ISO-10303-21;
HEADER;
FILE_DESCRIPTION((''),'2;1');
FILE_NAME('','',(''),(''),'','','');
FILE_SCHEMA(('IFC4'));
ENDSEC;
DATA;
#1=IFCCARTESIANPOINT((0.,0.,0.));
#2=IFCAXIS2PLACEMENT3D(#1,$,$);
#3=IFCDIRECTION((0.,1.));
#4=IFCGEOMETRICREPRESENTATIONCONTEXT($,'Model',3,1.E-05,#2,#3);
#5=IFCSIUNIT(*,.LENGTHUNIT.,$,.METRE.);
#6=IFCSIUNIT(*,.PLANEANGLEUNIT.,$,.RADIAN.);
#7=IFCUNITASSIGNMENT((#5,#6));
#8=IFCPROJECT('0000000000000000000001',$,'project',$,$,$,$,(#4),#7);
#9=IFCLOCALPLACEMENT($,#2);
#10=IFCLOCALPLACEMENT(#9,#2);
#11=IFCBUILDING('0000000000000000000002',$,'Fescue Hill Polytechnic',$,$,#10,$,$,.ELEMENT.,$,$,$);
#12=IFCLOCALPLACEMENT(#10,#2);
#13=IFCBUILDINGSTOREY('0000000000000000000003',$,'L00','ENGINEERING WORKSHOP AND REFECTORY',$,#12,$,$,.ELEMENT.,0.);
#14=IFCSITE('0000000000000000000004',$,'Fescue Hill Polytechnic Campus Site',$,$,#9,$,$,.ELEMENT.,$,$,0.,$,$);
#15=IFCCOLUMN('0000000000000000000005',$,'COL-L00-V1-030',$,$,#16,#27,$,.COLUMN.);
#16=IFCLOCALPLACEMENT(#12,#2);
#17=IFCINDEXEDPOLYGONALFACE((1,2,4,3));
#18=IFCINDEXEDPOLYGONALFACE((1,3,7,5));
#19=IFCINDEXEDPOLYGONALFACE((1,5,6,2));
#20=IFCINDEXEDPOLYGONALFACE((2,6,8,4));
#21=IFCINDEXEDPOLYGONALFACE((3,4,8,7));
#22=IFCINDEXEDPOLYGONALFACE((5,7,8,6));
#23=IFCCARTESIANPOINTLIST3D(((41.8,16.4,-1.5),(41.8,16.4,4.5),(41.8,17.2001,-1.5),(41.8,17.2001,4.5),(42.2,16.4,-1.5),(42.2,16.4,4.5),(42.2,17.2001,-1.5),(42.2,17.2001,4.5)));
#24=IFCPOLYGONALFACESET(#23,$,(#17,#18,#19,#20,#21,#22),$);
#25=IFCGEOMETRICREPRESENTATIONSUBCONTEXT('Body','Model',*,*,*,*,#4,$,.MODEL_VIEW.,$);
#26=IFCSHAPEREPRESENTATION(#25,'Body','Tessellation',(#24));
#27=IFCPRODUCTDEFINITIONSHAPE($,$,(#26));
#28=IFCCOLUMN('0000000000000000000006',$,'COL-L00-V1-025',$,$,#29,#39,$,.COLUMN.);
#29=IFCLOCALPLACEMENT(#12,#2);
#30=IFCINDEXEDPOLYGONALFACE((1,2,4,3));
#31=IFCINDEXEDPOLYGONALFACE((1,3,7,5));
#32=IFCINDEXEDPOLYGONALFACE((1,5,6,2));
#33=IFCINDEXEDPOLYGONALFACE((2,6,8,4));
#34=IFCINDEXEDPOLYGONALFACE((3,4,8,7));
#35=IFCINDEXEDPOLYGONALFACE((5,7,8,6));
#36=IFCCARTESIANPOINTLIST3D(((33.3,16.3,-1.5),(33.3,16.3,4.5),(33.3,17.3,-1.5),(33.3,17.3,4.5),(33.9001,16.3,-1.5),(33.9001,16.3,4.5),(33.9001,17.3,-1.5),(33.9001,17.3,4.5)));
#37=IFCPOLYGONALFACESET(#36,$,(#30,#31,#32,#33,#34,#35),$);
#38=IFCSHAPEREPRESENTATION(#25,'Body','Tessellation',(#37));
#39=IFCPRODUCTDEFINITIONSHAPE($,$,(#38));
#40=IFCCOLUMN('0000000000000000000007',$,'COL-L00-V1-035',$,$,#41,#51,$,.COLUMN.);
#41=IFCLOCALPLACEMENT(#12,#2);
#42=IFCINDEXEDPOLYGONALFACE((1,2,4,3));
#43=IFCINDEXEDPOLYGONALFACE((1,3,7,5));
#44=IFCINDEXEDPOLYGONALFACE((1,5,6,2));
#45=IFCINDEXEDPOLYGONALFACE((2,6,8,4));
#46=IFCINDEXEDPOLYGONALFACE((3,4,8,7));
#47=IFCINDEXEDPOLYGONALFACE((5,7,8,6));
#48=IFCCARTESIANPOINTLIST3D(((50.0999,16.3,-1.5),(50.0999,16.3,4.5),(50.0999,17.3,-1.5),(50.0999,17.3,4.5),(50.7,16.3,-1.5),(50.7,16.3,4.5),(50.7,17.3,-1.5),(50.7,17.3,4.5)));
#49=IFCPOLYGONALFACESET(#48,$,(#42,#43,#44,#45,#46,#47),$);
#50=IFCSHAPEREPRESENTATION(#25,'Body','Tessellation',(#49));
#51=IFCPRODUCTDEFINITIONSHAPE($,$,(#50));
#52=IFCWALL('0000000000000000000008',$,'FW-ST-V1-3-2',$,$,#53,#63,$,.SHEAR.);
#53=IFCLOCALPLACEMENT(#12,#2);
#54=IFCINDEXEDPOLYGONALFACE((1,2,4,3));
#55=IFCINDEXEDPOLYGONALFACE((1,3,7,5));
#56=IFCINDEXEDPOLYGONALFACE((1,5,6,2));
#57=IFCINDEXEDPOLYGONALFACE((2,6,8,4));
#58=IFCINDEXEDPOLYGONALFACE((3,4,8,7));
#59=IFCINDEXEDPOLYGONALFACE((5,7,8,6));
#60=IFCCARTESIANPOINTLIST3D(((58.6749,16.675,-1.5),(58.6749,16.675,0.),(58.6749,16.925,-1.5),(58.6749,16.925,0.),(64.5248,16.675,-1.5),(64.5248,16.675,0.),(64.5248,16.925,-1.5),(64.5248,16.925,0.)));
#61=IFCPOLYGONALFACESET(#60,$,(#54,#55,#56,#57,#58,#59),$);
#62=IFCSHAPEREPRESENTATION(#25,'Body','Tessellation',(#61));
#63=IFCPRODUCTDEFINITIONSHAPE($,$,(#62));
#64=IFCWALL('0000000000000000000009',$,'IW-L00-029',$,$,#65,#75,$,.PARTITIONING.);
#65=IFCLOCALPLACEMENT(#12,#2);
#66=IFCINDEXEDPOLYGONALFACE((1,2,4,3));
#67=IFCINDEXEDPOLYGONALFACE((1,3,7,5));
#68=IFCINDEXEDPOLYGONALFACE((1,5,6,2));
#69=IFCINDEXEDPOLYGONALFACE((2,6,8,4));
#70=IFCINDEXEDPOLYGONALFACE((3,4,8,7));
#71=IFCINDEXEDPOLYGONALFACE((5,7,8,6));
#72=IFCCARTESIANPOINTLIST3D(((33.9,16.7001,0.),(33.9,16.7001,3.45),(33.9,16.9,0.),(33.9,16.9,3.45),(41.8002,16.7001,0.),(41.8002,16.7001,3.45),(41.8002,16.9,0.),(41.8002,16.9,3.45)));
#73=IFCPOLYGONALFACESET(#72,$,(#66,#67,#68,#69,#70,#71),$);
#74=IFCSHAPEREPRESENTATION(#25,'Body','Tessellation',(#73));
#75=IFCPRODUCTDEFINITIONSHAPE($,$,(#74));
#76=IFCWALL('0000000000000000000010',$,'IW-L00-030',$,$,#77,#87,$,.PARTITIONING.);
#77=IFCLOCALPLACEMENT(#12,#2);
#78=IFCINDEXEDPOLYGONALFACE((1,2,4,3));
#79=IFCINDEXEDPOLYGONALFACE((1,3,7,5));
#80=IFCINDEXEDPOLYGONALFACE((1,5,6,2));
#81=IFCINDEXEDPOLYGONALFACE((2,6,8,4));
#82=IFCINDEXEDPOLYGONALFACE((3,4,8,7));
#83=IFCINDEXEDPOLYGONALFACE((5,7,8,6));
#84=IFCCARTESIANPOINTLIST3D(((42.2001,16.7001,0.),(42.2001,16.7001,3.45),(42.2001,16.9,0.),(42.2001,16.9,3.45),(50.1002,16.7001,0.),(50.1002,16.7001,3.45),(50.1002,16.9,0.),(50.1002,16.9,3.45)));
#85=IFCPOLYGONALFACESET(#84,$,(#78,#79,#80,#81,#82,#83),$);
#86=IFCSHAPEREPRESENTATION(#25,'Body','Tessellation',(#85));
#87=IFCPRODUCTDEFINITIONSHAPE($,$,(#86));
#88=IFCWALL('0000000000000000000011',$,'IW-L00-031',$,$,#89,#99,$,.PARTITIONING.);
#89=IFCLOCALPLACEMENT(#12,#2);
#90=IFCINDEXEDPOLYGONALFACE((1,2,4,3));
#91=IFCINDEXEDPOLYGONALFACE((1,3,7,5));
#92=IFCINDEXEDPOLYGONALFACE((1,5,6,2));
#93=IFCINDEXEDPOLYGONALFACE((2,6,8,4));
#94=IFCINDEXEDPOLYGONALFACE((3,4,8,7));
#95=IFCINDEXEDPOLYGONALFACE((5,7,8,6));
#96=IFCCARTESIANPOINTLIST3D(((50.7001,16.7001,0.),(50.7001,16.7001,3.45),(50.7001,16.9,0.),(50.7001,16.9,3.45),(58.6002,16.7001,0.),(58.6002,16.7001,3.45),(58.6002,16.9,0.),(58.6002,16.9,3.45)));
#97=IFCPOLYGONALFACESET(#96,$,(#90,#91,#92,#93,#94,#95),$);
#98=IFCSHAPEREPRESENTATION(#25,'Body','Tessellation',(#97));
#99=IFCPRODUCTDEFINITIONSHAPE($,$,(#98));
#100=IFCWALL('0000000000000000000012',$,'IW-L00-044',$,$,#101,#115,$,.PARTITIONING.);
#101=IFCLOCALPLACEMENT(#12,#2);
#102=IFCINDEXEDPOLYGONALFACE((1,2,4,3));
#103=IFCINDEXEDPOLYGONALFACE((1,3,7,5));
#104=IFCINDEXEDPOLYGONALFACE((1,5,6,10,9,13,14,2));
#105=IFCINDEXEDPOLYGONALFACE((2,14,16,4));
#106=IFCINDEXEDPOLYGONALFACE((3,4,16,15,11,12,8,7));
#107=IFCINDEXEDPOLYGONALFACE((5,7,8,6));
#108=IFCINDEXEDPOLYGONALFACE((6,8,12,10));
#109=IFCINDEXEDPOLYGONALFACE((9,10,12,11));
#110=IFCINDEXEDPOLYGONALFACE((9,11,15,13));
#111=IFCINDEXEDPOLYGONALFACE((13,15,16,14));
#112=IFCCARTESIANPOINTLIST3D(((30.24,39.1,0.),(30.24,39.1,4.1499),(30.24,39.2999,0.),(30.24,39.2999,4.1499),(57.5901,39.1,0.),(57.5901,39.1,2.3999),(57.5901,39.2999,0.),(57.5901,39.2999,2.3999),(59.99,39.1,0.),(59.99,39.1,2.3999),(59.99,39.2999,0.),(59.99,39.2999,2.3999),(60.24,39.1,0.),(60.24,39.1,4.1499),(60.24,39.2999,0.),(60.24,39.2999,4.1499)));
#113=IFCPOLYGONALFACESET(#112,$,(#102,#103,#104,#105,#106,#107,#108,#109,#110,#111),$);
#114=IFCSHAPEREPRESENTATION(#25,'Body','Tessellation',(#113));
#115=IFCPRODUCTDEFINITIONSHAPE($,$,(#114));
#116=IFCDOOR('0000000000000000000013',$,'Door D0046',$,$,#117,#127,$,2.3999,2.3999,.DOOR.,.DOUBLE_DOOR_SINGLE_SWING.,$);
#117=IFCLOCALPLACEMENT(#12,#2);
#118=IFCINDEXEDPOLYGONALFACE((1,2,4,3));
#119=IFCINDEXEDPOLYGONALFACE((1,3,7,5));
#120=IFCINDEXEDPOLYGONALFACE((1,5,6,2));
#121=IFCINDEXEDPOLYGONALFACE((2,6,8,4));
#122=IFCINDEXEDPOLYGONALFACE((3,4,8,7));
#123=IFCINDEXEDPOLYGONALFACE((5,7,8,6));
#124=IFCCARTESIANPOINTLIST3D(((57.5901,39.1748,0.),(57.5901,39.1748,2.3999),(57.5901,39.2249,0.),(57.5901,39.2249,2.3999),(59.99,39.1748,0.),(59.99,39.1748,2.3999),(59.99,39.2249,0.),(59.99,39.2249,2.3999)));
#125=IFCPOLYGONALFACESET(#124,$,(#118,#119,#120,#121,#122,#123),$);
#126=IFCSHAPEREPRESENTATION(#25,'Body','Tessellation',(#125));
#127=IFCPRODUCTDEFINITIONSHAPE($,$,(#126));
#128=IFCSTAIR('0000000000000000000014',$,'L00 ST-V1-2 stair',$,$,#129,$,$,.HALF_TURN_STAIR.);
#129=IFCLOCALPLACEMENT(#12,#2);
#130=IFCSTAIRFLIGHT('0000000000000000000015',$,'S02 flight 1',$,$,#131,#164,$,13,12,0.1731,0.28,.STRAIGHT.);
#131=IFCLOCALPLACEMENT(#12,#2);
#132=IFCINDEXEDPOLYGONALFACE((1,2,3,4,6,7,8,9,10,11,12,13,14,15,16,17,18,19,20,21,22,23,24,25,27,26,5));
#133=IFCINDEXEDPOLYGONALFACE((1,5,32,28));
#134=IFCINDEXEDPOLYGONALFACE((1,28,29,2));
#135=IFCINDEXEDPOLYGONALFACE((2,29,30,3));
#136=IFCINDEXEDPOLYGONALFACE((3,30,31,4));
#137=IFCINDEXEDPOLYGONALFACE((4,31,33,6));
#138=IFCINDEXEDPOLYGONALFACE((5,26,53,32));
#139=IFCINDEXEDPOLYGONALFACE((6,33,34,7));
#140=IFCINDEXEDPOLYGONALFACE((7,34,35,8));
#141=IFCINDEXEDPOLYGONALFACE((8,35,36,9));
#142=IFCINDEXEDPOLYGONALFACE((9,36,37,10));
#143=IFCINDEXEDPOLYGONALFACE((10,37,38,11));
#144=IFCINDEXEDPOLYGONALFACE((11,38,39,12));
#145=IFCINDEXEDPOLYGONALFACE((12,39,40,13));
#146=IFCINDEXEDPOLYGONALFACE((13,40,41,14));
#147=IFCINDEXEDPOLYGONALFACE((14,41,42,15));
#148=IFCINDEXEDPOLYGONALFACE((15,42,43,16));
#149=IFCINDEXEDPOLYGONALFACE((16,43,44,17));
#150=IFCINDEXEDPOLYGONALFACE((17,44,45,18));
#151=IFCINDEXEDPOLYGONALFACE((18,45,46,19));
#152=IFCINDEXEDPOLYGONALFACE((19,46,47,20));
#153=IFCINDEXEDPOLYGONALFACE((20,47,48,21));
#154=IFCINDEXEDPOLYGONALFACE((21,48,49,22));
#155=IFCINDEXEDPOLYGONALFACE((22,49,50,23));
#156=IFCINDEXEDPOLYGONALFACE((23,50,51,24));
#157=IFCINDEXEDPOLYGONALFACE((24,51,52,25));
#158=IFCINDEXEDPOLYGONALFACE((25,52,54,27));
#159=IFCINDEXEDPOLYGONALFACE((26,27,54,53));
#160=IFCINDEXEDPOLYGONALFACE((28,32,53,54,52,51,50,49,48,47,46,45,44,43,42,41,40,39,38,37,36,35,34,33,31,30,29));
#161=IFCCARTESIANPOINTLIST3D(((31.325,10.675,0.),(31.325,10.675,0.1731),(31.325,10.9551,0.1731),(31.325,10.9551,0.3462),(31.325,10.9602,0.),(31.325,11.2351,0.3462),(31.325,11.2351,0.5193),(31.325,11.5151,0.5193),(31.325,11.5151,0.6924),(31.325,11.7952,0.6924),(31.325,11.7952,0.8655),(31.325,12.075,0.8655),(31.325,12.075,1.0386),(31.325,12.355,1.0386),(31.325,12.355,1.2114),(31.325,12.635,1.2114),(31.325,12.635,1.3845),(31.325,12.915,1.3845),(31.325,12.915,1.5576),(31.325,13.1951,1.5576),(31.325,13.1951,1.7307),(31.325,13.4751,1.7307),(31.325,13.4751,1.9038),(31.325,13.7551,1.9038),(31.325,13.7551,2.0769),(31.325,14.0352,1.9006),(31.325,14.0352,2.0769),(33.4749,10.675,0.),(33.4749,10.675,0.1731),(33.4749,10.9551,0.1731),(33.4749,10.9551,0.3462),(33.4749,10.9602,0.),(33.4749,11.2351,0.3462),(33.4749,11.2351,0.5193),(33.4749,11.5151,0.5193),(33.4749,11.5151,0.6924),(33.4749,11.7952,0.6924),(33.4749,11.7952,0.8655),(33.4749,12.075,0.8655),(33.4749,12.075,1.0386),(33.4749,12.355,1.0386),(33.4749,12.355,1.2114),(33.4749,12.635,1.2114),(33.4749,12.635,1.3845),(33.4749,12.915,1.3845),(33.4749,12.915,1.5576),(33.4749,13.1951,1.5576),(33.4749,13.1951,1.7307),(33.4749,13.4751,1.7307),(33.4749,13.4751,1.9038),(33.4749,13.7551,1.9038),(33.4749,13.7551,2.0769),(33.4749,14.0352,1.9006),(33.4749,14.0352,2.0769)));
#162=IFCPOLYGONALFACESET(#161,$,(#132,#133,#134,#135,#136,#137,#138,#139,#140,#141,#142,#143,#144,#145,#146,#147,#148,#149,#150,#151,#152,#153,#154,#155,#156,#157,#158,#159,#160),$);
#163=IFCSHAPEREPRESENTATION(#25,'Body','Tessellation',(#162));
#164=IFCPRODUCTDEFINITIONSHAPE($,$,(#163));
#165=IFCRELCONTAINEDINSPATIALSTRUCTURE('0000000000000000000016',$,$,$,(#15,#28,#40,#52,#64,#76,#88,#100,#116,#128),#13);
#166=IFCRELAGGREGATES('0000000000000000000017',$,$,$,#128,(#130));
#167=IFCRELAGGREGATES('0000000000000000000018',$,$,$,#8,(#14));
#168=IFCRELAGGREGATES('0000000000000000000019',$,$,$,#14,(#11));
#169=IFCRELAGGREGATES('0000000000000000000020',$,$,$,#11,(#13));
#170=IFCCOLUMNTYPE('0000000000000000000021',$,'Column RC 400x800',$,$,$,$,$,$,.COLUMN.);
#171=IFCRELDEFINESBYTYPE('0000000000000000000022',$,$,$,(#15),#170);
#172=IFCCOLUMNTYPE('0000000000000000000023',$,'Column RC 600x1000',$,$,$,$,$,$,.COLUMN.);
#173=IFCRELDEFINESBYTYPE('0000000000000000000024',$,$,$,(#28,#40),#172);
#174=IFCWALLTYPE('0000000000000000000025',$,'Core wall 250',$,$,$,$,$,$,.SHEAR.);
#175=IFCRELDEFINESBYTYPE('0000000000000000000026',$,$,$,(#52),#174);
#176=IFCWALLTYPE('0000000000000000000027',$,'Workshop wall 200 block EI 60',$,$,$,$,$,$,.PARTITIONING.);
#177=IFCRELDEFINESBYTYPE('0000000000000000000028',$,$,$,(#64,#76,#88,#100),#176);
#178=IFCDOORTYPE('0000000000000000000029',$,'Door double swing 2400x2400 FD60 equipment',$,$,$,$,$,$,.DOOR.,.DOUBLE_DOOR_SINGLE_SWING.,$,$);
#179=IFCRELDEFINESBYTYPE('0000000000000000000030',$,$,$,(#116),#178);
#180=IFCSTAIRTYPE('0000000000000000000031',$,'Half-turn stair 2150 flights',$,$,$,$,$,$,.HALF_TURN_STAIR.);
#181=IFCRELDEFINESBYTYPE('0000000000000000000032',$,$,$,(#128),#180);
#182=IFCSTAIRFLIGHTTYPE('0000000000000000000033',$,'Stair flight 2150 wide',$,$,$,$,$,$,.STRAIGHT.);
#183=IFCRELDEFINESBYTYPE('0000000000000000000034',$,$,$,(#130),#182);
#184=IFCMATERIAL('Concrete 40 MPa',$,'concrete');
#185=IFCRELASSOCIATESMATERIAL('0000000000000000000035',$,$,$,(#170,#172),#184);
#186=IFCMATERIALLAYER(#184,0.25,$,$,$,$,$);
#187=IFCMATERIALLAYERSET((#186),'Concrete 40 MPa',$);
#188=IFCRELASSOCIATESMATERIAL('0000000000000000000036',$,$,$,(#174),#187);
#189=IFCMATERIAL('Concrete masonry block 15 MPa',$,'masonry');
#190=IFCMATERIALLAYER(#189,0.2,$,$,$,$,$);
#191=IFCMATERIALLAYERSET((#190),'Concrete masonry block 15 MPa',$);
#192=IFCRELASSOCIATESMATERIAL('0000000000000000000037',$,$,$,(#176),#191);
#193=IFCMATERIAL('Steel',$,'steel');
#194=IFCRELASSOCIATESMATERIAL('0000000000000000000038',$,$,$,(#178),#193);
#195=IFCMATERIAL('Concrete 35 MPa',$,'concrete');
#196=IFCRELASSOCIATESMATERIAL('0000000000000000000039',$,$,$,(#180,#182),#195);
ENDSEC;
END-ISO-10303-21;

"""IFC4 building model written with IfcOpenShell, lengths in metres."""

from ifc_helpers import new_model, si_unit, direction, frame, frame_2d, origin, origin_2d, place, context, subcontext, project, spatial, polyline, rectangle, outline, extrude, material, layer, layer_set, material_profile, profile_set, type_object, element, fill, aggregate, save


model = new_model("IFC4")

# Units and contexts
model_context = context("Model", 3, precision=1e-05, world=origin(), true_north=direction((0.0, 1.0)))
body_context = subcontext(model_context, "Body", "Model", "MODEL_VIEW")
ifc_project = project(units=[si_unit("LENGTHUNIT", "METRE"), si_unit("PLANEANGLEUNIT", "RADIAN")], contexts=[model_context])

# Site, building, storey
site_placement = place(None, origin())
site = spatial("IfcSite", under=ifc_project, at=site_placement, Name="Fescue Hill Polytechnic Campus Site", CompositionType="ELEMENT", RefElevation=0.0)
building_placement = place(site_placement, origin())
building = spatial("IfcBuilding", under=site, at=building_placement, Name="Fescue Hill Polytechnic", CompositionType="ELEMENT")
storey_placement = place(building_placement, origin())
storey = spatial("IfcBuildingStorey", under=building, at=storey_placement, Name="L00", Description="ENGINEERING WORKSHOP AND REFECTORY", CompositionType="ELEMENT", Elevation=0.0)

# Columns
ifc_material_1 = material(Name="Concrete 40 MPa", Category="concrete")
ifc_material_profile_1 = material_profile(ifc_material_1, rectangle(XDim=0.3999, YDim=0.8, at=origin_2d()), Name="RC 400x800")
ifc_profile_set_1 = profile_set([ifc_material_profile_1], Name="Concrete 40 MPa")
column_type_1 = type_object("IfcColumnType", Name="Column RC 400x800", PredefinedType="COLUMN", material=ifc_profile_set_1)
column_placement = place(storey_placement, frame((42.0, 16.8, -1.5), z_axis=(0.0, 0.0, 1.0), x_axis=(1.0, 0.0, 0.0)))
element("IfcColumn", 1, at=column_placement, inside=storey, type_object=column_type_1, Name="COL-L00-V1-030", PredefinedType="COLUMN", context=body_context, shape_type="SweptSolid", body=[
    extrude(rectangle(XDim=0.3999, YDim=0.8, at=origin_2d()), origin(), (0.0, 0.0, 1.0), 6.0),
])
ifc_material_profile_2 = material_profile(ifc_material_1, rectangle(XDim=0.6001, YDim=1.0, at=origin_2d()), Name="RC 600x1000")
ifc_profile_set_2 = profile_set([ifc_material_profile_2], Name="Concrete 40 MPa")
column_type_2 = type_object("IfcColumnType", Name="Column RC 600x1000", PredefinedType="COLUMN", material=ifc_profile_set_2)
for number, where, z_axis, x_axis, name in (
    (2, (33.6001, 16.8, -1.5), (0.0, 0.0, 1.0), (1.0, 0.0, 0.0), "COL-L00-V1-025"),
    (3, (50.3999, 16.8, -1.5), (0.0, 0.0, 1.0), (1.0, 0.0, 0.0), "COL-L00-V1-035"),
):
    element("IfcColumn", number, at=place(storey_placement, frame(where, z_axis=z_axis, x_axis=x_axis)), inside=storey, type_object=column_type_2, Name=name, PredefinedType="COLUMN", context=body_context, shape_type="SweptSolid", body=[
        extrude(rectangle(XDim=0.6001, YDim=1.0, at=origin_2d()), origin(), (0.0, 0.0, 1.0), 6.0),
    ])

# Walls
ifc_layer_1 = layer(ifc_material_1, 0.25)
ifc_layer_set_1 = layer_set([ifc_layer_1], Name="Concrete 40 MPa")
wall_type_1 = type_object("IfcWallType", Name="Core wall 250", PredefinedType="SHEAR", material=ifc_layer_set_1)
wall_1_placement = place(storey_placement, frame((58.675, 16.8, -1.5), z_axis=(0.0, 0.0, 1.0), x_axis=(1.0, 0.0, 0.0)))
element("IfcWall", 4, at=wall_1_placement, inside=storey, type_object=wall_type_1, Name="FW-ST-V1-3-2", PredefinedType="SHEAR", context=body_context, shape_type="SweptSolid", body=[
    extrude(rectangle(XDim=5.8499, YDim=0.25, at=frame_2d((2.9248, 0.0))), origin(), (0.0, 0.0, 1.0), 1.5),
])
ifc_material_2 = material(Name="Concrete masonry block 15 MPa", Category="masonry")
ifc_layer_2 = layer(ifc_material_2, 0.2)
ifc_layer_set_2 = layer_set([ifc_layer_2], Name="Concrete masonry block 15 MPa")
wall_type_2 = type_object("IfcWallType", Name="Workshop wall 200 block EI 60", PredefinedType="PARTITIONING", material=ifc_layer_set_2)
for number, where, z_axis, x_axis, name in (
    (5, (33.8999, 16.8, 0.0), (0.0, 0.0, 1.0), (1.0, 0.0, 0.0), "IW-L00-029"),
    (6, (42.2, 16.8, 0.0), (0.0, 0.0, 1.0), (1.0, 0.0, 0.0), "IW-L00-030"),
    (7, (50.7, 16.8, 0.0), (0.0, 0.0, 1.0), (1.0, 0.0, 0.0), "IW-L00-031"),
):
    element("IfcWall", number, at=place(storey_placement, frame(where, z_axis=z_axis, x_axis=x_axis)), inside=storey, type_object=wall_type_2, Name=name, PredefinedType="PARTITIONING", context=body_context, shape_type="SweptSolid", body=[
        extrude(rectangle(XDim=7.9001, YDim=0.2, at=frame_2d((3.9502, 0.0))), origin(), (0.0, 0.0, 1.0), 3.45),
    ])

# Wall, opening, door
wall_2_placement = place(storey_placement, frame((30.24, 39.2, 0.0), z_axis=(0.0, 0.0, 1.0), x_axis=(1.0, 0.0, 0.0)))
wall_2 = element("IfcWall", 8, at=wall_2_placement, inside=storey, type_object=wall_type_2, Name="IW-L00-044", PredefinedType="PARTITIONING", context=body_context, shape_type="SweptSolid", body=[
    extrude(rectangle(XDim=30.0, YDim=0.2, at=frame_2d((15.0, 0.0))), origin(), (0.0, 0.0, 1.0), 4.1499),
])
opening_placement = place(wall_2_placement, frame((27.3501, 0.0, 0.0)))
opening = element("IfcOpeningElement", 9, at=opening_placement, cuts=wall_2, PredefinedType="OPENING", context=body_context, shape_type="SweptSolid", body=[
    extrude(rectangle(XDim=2.3999, YDim=2.3999, at=frame_2d((1.2, 1.2))), frame((0.0, 0.1099, 0.0), z_axis=(0.0, -1.0, 0.0), x_axis=(1.0, 0.0, 0.0)), (0.0, 0.0, 1.0), 0.22),
])
ifc_material_3 = material(Name="Steel", Category="steel")
door_type = type_object("IfcDoorType", Name="Door double swing 2400x2400 FD60 equipment", OperationType="DOUBLE_DOOR_SINGLE_SWING", PredefinedType="DOOR", material=ifc_material_3)
door_placement = place(opening_placement, origin())
door = element("IfcDoor", 10, at=door_placement, inside=storey, type_object=door_type, Name="Door D0046", OperationType="DOUBLE_DOOR_SINGLE_SWING", OverallHeight=2.3999, OverallWidth=2.3999, PredefinedType="DOOR", context=body_context, shape_type="SweptSolid", body=[
    extrude(rectangle(XDim=2.3999, YDim=2.3999, at=frame_2d((1.2, 1.2))), frame((0.0, 0.0249, 0.0), z_axis=(0.0, -1.0, 0.0), x_axis=(1.0, 0.0, 0.0)), (0.0, 0.0, 1.0), 0.05),
])
fill(opening, door)

# Stair, stair flight
ifc_material_4 = material(Name="Concrete 35 MPa", Category="concrete")
stair_type = type_object("IfcStairType", Name="Half-turn stair 2150 flights", PredefinedType="HALF_TURN_STAIR", material=ifc_material_4)
stair_placement = place(storey_placement, origin())
stair = element("IfcStair", 11, at=stair_placement, inside=storey, type_object=stair_type, Name="L00 ST-V1-2 stair", PredefinedType="HALF_TURN_STAIR")
stair_flight_type = type_object("IfcStairFlightType", Name="Stair flight 2150 wide", PredefinedType="STRAIGHT", material=ifc_material_4)
stair_flight_1_placement = place(storey_placement, frame((32.3999, 10.675, 0.0), z_axis=(0.0, 0.0, 1.0), x_axis=(0.0, 1.0, 0.0)))
stair_flight_1 = element("IfcStairFlight", 12, at=stair_flight_1_placement, type_object=stair_flight_type, Name="S02 flight 1", NumberOfRisers=13, NumberOfTreads=12, PredefinedType="STRAIGHT", RiserHeight=0.1731, TreadLength=0.28, context=body_context, shape_type="SweptSolid", body=[
    extrude(outline(polyline([(0.0, 0.0), (0.0, 0.1731), (0.28, 0.1731), (0.28, 0.3462), (0.5601, 0.3462), (0.5601, 0.5193), (0.8401, 0.5193), (0.8401, 0.6924), (1.1201, 0.6924), (1.1201, 0.8655), (1.3999, 0.8655), (1.3999, 1.0386), (1.6799, 1.0386), (1.6799, 1.2114), (1.96, 1.2114), (1.96, 1.3845), (2.24, 1.3845), (2.24, 1.5576), (2.52, 1.5576), (2.52, 1.7307), (2.8, 1.7307), (2.8, 1.9038), (3.0801, 1.9038), (3.0801, 2.0769), (3.3601, 2.0769), (3.3601, 2.25), (3.3601, 1.9006), (0.2852, 0.0), (0.0, 0.0)])), frame((0.0, 1.075, 0.0), z_axis=(0.0, -1.0, 0.0), x_axis=(1.0, 0.0, 0.0)), (0.0, 0.0, 1.0), 2.1499),
])
aggregate(stair, [stair_flight_1])

save(model, "model.ifc")
